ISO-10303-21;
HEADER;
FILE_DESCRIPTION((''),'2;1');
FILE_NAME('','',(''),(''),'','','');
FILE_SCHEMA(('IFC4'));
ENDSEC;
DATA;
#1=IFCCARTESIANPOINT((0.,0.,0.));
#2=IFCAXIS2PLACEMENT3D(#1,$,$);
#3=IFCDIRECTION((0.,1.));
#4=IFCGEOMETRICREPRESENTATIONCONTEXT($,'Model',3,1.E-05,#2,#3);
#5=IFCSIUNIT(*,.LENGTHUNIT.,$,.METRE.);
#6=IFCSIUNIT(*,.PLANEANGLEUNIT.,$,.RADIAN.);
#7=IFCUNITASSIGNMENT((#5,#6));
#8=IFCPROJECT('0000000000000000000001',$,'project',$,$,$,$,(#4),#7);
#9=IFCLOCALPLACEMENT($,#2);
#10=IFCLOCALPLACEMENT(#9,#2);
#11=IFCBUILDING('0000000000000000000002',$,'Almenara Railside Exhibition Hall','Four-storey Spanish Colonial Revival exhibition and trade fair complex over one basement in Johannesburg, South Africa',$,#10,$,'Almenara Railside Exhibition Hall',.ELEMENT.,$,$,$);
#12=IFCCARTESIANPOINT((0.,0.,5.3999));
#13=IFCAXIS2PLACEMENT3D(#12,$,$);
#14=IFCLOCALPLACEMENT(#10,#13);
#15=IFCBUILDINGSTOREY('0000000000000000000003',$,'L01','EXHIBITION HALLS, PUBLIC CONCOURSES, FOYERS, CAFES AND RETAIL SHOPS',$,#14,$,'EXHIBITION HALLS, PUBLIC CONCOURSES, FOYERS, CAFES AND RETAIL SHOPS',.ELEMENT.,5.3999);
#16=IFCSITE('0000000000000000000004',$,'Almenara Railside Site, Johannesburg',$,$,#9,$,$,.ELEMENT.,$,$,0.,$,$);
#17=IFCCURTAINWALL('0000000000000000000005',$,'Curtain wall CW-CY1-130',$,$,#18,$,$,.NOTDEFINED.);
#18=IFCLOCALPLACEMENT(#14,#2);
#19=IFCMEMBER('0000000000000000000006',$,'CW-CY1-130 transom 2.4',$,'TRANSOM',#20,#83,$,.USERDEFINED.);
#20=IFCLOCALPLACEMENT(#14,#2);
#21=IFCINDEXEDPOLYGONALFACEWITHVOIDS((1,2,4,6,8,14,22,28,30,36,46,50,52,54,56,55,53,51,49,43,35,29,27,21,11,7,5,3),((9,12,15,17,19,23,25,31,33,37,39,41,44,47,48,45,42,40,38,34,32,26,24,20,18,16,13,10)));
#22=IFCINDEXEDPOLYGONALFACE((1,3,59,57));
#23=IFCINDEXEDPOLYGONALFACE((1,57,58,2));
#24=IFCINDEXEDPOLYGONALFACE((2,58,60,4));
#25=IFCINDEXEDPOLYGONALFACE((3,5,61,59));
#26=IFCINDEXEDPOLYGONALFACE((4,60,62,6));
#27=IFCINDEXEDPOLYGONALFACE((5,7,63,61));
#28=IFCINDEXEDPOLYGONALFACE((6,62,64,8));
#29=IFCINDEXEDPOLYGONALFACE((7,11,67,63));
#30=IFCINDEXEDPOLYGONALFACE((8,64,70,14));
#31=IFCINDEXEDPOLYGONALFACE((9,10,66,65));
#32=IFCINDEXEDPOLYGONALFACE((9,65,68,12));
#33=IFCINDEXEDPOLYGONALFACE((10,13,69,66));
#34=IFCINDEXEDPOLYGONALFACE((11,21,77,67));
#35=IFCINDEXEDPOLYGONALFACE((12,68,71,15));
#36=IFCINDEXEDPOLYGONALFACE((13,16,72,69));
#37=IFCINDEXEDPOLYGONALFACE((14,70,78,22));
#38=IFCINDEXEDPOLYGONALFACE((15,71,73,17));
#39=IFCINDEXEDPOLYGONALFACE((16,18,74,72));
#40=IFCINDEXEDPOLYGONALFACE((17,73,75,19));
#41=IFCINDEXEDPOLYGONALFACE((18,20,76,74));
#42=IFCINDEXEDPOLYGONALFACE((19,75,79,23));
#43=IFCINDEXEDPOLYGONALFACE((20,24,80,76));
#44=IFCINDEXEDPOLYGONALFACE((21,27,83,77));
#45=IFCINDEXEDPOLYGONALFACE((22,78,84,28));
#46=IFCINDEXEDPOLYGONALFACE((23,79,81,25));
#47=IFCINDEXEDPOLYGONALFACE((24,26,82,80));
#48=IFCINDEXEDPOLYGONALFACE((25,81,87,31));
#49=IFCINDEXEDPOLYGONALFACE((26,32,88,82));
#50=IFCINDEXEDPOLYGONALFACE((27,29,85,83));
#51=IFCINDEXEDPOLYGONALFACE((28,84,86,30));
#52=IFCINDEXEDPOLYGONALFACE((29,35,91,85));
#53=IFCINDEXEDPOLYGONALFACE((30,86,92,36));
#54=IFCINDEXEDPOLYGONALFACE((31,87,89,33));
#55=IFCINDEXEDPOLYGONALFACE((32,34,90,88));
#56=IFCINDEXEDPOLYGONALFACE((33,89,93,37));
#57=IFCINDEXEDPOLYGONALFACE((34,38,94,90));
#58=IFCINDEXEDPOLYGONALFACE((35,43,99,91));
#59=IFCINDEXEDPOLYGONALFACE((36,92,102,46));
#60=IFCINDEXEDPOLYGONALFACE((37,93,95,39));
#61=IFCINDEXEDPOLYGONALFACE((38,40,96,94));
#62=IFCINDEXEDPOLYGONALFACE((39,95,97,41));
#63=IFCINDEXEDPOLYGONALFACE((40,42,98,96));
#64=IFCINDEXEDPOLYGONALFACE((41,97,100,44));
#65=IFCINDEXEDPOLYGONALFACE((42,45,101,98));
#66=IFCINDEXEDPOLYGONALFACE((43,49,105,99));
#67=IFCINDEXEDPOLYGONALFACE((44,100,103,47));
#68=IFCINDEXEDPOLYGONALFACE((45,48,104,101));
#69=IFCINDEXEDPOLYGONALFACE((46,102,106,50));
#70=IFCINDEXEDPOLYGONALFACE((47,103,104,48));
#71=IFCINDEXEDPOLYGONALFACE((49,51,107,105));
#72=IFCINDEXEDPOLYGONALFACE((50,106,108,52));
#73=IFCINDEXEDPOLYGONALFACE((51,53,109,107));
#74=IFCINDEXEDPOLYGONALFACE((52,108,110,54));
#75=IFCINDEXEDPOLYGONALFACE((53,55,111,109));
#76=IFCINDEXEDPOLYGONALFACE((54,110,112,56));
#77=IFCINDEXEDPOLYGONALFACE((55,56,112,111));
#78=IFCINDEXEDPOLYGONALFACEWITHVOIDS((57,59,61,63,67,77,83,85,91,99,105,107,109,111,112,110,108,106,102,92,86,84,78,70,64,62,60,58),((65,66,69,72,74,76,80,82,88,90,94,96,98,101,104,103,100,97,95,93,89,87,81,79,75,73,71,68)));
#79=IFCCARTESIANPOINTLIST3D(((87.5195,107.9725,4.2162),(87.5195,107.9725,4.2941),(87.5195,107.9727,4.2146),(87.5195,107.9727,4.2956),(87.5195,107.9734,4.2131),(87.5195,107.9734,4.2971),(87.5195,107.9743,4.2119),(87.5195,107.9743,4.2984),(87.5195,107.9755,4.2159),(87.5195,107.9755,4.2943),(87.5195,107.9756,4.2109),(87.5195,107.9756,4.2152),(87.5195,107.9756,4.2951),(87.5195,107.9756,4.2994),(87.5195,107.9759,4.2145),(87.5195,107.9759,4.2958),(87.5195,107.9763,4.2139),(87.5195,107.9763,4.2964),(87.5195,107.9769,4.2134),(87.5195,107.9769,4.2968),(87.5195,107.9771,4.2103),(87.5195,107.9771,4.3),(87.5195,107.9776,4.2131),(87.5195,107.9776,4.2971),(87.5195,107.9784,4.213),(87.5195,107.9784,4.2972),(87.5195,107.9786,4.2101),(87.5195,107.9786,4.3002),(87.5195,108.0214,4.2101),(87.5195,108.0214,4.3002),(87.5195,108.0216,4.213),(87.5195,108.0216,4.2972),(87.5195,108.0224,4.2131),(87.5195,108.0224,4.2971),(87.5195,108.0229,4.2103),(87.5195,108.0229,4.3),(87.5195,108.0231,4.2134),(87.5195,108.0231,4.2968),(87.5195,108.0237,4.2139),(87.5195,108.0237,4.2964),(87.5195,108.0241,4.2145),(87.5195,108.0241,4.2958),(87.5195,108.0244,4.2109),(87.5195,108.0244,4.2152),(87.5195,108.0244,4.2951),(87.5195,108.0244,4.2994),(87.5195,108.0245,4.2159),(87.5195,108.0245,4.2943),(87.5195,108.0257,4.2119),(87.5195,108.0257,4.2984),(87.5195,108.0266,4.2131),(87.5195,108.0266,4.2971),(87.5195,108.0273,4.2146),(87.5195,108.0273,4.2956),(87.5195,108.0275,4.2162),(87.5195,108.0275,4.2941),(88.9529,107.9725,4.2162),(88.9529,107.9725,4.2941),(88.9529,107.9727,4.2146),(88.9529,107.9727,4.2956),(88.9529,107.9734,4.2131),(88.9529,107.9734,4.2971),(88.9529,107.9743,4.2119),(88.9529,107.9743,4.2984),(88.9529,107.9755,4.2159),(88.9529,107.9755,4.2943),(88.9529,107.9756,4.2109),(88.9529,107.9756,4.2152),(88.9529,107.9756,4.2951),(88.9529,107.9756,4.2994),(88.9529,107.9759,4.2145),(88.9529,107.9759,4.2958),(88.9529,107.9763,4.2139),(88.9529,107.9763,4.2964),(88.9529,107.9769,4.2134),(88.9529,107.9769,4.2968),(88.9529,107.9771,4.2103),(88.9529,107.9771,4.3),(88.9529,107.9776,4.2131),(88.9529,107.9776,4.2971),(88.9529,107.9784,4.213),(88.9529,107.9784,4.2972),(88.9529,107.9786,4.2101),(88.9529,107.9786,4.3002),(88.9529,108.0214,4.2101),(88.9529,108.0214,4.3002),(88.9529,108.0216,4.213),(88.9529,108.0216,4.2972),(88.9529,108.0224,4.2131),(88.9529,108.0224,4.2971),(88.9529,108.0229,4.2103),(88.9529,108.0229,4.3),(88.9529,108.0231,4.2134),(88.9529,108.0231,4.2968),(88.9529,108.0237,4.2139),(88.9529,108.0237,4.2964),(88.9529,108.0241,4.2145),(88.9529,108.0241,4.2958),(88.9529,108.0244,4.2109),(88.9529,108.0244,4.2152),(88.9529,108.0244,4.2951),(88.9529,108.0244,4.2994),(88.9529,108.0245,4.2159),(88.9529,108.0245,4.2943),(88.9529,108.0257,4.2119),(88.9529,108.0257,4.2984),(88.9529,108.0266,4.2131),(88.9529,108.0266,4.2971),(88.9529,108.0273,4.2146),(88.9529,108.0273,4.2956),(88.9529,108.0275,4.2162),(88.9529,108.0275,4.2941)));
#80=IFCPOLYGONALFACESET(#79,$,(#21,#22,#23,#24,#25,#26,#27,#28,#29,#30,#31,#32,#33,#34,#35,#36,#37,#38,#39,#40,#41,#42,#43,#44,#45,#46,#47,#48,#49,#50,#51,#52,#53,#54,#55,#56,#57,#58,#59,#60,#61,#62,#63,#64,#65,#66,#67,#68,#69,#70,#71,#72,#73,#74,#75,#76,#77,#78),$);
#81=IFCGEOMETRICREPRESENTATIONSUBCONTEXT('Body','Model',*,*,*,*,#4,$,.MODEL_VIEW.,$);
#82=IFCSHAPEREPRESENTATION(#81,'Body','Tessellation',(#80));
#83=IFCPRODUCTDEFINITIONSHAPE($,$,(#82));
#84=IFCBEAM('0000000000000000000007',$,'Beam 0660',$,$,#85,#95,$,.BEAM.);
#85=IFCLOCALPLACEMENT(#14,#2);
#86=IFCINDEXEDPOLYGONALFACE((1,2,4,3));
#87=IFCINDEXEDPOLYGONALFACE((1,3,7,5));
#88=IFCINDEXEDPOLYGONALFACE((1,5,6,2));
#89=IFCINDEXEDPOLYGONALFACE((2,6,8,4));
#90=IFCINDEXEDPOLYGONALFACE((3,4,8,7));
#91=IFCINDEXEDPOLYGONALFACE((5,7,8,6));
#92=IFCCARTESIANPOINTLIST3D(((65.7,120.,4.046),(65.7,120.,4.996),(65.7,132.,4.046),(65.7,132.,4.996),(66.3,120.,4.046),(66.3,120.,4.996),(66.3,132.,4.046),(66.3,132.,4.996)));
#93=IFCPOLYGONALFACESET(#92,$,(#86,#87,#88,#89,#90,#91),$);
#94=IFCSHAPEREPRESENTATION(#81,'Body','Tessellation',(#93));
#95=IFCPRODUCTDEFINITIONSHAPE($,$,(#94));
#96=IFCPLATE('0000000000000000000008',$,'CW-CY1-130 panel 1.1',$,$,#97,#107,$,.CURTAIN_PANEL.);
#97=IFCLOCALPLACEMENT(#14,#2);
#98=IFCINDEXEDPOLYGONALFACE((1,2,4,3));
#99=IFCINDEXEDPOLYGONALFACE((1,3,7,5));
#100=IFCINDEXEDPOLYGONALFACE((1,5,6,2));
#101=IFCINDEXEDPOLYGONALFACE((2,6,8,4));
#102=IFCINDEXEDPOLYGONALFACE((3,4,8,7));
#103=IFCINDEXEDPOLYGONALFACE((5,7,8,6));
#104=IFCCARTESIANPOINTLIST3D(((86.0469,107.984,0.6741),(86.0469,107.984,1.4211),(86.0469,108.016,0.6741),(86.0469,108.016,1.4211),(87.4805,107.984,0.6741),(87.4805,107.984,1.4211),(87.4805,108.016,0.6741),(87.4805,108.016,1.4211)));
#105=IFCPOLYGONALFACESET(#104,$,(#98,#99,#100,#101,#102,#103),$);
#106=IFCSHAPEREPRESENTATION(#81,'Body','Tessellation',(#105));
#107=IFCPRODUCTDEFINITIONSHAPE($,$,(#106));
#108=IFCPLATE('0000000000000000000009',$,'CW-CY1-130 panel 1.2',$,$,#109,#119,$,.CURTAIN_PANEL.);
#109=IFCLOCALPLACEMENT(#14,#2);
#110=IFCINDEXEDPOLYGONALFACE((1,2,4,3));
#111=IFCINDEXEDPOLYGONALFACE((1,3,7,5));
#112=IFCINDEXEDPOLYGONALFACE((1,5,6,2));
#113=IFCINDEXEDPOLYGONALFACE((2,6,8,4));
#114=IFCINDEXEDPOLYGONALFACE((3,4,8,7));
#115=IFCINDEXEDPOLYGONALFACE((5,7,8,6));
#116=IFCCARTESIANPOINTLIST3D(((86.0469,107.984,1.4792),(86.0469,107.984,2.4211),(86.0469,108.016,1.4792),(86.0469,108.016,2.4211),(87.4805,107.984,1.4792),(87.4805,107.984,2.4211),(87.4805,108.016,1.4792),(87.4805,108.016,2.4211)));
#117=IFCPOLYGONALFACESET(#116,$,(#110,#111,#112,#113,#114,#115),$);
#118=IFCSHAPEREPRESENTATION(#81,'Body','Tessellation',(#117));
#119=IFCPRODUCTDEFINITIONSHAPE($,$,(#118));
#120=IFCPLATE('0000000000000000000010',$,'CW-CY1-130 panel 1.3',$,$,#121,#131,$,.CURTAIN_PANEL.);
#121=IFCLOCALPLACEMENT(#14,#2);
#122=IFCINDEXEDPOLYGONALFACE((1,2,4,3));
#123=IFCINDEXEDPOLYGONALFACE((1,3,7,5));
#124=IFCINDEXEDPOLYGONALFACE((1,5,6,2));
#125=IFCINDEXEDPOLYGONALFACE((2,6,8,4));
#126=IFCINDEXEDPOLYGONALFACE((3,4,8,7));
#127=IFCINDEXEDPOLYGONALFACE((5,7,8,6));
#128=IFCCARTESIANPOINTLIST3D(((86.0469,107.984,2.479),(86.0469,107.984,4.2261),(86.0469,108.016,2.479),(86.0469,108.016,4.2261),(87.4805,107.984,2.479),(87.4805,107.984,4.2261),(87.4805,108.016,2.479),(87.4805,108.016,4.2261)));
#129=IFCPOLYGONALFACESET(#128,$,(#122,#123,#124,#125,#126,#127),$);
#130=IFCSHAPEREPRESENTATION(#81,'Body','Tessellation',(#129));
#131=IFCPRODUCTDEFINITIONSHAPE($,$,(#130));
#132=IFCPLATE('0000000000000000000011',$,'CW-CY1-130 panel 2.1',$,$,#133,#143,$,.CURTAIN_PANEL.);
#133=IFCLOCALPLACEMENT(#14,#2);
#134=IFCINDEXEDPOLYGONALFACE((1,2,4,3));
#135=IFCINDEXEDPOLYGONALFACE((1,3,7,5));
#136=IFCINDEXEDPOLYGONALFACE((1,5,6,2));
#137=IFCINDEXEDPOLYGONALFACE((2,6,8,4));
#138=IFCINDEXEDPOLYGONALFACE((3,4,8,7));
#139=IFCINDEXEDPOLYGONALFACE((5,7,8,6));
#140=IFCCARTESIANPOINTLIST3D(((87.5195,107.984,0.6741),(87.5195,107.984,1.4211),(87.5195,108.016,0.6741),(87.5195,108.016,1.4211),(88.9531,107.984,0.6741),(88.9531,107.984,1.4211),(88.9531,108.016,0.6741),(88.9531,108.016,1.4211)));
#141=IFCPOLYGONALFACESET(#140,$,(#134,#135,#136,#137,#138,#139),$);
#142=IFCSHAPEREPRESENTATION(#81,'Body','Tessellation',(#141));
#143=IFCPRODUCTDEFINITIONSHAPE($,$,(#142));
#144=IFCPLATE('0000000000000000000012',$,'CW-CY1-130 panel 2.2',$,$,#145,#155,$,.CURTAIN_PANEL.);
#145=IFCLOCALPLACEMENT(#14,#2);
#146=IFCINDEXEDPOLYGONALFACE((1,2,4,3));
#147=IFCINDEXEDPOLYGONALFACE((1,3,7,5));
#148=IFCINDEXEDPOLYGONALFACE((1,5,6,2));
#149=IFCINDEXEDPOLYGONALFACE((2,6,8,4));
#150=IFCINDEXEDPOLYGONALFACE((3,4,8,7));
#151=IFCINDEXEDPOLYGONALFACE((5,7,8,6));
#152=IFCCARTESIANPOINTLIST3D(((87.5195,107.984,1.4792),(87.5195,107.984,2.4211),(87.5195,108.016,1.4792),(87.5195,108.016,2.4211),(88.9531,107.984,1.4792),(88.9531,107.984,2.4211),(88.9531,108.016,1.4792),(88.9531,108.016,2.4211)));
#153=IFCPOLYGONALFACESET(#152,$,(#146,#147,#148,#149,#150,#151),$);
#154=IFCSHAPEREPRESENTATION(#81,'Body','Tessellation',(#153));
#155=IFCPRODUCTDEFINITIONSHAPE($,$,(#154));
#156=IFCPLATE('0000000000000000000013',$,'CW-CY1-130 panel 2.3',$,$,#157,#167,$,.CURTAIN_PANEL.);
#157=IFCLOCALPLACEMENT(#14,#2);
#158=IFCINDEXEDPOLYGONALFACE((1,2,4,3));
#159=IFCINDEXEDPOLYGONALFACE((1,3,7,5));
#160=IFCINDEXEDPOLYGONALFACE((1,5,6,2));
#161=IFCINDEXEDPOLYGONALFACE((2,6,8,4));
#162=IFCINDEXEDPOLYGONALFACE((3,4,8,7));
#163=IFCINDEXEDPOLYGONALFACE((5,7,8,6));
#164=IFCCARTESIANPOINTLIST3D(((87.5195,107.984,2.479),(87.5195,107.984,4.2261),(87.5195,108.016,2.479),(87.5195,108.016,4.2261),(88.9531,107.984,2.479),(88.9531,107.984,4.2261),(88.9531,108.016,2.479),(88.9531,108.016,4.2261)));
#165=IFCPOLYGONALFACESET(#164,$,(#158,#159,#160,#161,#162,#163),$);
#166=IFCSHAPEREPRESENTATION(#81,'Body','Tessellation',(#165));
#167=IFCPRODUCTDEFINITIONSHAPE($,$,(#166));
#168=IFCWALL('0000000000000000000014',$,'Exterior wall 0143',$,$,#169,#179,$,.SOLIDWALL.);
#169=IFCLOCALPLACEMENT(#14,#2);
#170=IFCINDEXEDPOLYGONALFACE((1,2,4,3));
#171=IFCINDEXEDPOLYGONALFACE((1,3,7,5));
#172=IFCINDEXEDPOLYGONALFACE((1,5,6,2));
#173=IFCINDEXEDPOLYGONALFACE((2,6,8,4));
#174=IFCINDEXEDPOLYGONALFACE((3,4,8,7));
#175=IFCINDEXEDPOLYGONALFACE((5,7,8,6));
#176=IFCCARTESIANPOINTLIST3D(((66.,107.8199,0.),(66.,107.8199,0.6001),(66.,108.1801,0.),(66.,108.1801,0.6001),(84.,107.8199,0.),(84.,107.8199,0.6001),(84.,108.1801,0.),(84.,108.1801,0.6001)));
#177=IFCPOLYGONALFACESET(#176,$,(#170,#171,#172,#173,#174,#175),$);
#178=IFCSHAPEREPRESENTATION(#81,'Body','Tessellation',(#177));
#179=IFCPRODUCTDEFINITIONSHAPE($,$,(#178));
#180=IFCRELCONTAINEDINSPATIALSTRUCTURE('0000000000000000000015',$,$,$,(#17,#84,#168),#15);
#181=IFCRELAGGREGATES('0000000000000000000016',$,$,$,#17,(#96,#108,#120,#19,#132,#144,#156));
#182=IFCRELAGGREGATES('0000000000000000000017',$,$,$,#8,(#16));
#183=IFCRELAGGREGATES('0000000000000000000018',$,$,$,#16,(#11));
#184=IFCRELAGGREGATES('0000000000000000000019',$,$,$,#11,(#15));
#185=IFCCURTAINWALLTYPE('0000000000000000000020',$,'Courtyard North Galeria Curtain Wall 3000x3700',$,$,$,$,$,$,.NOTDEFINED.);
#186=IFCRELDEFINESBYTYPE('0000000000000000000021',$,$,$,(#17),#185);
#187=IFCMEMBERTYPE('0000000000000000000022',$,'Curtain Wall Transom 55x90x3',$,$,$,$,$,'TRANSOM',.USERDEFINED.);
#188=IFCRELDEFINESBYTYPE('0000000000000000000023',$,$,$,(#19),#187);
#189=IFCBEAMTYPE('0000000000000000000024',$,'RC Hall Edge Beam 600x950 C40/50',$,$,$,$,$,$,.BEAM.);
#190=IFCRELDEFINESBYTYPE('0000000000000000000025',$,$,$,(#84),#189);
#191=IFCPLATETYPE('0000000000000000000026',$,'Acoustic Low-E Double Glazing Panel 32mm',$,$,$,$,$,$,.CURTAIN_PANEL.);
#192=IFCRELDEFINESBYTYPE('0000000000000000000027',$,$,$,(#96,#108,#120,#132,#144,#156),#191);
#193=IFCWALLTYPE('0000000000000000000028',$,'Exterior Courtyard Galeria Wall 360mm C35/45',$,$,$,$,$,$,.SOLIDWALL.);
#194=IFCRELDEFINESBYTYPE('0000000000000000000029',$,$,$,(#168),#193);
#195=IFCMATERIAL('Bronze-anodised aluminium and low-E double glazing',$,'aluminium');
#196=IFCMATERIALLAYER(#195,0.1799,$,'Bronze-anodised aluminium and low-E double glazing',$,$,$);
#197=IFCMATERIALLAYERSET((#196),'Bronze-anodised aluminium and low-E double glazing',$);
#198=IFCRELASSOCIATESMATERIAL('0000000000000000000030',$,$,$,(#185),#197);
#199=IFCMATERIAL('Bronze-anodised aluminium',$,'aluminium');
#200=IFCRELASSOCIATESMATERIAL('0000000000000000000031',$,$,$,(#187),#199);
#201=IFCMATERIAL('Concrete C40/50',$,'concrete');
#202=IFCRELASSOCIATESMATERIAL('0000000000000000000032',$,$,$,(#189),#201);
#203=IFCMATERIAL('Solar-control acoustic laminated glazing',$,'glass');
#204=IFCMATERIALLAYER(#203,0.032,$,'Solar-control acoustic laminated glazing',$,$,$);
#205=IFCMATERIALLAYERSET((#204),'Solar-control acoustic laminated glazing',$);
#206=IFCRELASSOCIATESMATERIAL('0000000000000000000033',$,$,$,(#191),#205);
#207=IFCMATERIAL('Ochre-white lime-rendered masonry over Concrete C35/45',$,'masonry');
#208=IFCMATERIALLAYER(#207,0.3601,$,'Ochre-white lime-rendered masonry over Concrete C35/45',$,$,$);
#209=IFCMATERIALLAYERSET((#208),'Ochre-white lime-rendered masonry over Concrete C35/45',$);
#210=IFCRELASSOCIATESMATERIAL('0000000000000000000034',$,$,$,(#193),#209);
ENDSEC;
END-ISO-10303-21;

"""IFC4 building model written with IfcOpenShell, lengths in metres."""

from ifc_helpers import new_model, si_unit, direction, frame, frame_2d, origin, origin_2d, place, context, subcontext, project, spatial, rectangle, hollow_rectangle, extrude, material, layer, layer_set, material_profile, profile_set, type_object, element, aggregate, save


model = new_model("IFC4")

# Units and contexts
model_context = context("Model", 3, precision=1e-05, world=origin(), true_north=direction((0.0, 1.0)))
body_context = subcontext(model_context, "Body", "Model", "MODEL_VIEW")
ifc_project = project(units=[si_unit("LENGTHUNIT", "METRE"), si_unit("PLANEANGLEUNIT", "RADIAN")], contexts=[model_context])

# Site, building, storey
site_placement = place(None, origin())
site = spatial("IfcSite", under=ifc_project, at=site_placement, Name="Almenara Railside Site, Johannesburg", CompositionType="ELEMENT", RefElevation=0.0)
building_placement = place(site_placement, origin())
building = spatial("IfcBuilding", under=site, at=building_placement, Name="Almenara Railside Exhibition Hall", Description="Four-storey Spanish Colonial Revival exhibition and trade fair complex over one basement in Johannesburg, South Africa", LongName="Almenara Railside Exhibition Hall", CompositionType="ELEMENT")
storey_placement = place(building_placement, frame((0.0, 0.0, 5.3999)))
storey = spatial("IfcBuildingStorey", under=building, at=storey_placement, Name="L01", Description="EXHIBITION HALLS, PUBLIC CONCOURSES, FOYERS, CAFES AND RETAIL SHOPS", LongName="EXHIBITION HALLS, PUBLIC CONCOURSES, FOYERS, CAFES AND RETAIL SHOPS", CompositionType="ELEMENT", Elevation=5.3999)

# Shared definitions
ifc_material_1 = material(Name="Concrete C40/50", Category="concrete")

# Curtain wall, member
ifc_material_2 = material(Name="Bronze-anodised aluminium and low-E double glazing", Category="aluminium")
ifc_layer_1 = layer(ifc_material_2, 0.1799, Name="Bronze-anodised aluminium and low-E double glazing")
ifc_layer_set_1 = layer_set([ifc_layer_1], Name="Bronze-anodised aluminium and low-E double glazing")
curtain_wall_type = type_object("IfcCurtainWallType", Name="Courtyard North Galeria Curtain Wall 3000x3700", PredefinedType="NOTDEFINED", material=ifc_layer_set_1)
curtain_wall_placement = place(storey_placement, origin())
curtain_wall = element("IfcCurtainWall", 1, at=curtain_wall_placement, inside=storey, type_object=curtain_wall_type, Name="Curtain wall CW-CY1-130", PredefinedType="NOTDEFINED")
ifc_material_3 = material(Name="Bronze-anodised aluminium", Category="aluminium")
ifc_material_profile_1 = material_profile(ifc_material_3, hollow_rectangle(XDim=0.0549, YDim=0.0901, WallThickness=0.0029, InnerFilletRadius=0.0029, OuterFilletRadius=0.0061, at=origin_2d()), Name="ALU-TRN 55x90x3")
ifc_profile_set_1 = profile_set([ifc_material_profile_1], Name="Bronze-anodised aluminium")
member_type_1 = type_object("IfcMemberType", Name="Curtain Wall Transom 55x90x3", ElementType="TRANSOM", PredefinedType="USERDEFINED", material=ifc_profile_set_1)
member_1_placement = place(storey_placement, frame((87.5195, 108.0, 4.2551), z_axis=(1.0, 0.0, 0.0), x_axis=(0.0, 1.0, 0.0)))
member_1 = element("IfcMember", 2, at=member_1_placement, type_object=member_type_1, Name="CW-CY1-130 transom 2.4", ObjectType="TRANSOM", PredefinedType="USERDEFINED", context=body_context, shape_type="SweptSolid", body=[
    extrude(hollow_rectangle(XDim=0.0549, YDim=0.0901, WallThickness=0.0029, InnerFilletRadius=0.0029, OuterFilletRadius=0.0061, at=origin_2d()), origin(), (0.0, 0.0, 1.0), 1.4333),
])

# Beam
ifc_material_profile_2 = material_profile(ifc_material_1, rectangle(XDim=0.6001, YDim=0.95, at=origin_2d()), Name="RC 600x950")
ifc_profile_set_2 = profile_set([ifc_material_profile_2], Name="Concrete C40/50")
beam_type = type_object("IfcBeamType", Name="RC Hall Edge Beam 600x950 C40/50", PredefinedType="BEAM", material=ifc_profile_set_2)
beam_placement = place(storey_placement, frame((66.0, 120.0, 4.521), z_axis=(0.0, 1.0, 0.0), x_axis=(-1.0, 0.0, 0.0)))
element("IfcBeam", 3, at=beam_placement, inside=storey, type_object=beam_type, Name="Beam 0660", PredefinedType="BEAM", context=body_context, shape_type="SweptSolid", body=[
    extrude(rectangle(XDim=0.6001, YDim=0.95, at=origin_2d()), origin(), (0.0, 0.0, 1.0), 12.0),
])

# Plates
ifc_material_4 = material(Name="Solar-control acoustic laminated glazing", Category="glass")
ifc_layer_2 = layer(ifc_material_4, 0.032, Name="Solar-control acoustic laminated glazing")
ifc_layer_set_2 = layer_set([ifc_layer_2], Name="Solar-control acoustic laminated glazing")
plate_type = type_object("IfcPlateType", Name="Acoustic Low-E Double Glazing Panel 32mm", PredefinedType="CURTAIN_PANEL", material=ifc_layer_set_2)
plate_1_placement = place(storey_placement, frame((86.7637, 108.0, 0.6741), z_axis=(0.0, 0.0, 1.0), x_axis=(1.0, 0.0, 0.0)))
plate_1 = element("IfcPlate", 4, at=plate_1_placement, type_object=plate_type, Name="CW-CY1-130 panel 1.1", PredefinedType="CURTAIN_PANEL", context=body_context, shape_type="SweptSolid", body=[
    extrude(rectangle(XDim=1.4336, YDim=0.032, at=origin_2d()), origin(), (0.0, 0.0, 1.0), 0.7471),
])
plate_2_placement = place(storey_placement, frame((86.7637, 108.0, 1.4792), z_axis=(0.0, 0.0, 1.0), x_axis=(1.0, 0.0, 0.0)))
plate_2 = element("IfcPlate", 5, at=plate_2_placement, type_object=plate_type, Name="CW-CY1-130 panel 1.2", PredefinedType="CURTAIN_PANEL", context=body_context, shape_type="SweptSolid", body=[
    extrude(rectangle(XDim=1.4336, YDim=0.032, at=origin_2d()), origin(), (0.0, 0.0, 1.0), 0.9419),
])
plate_3_placement = place(storey_placement, frame((86.7637, 108.0, 2.479), z_axis=(0.0, 0.0, 1.0), x_axis=(1.0, 0.0, 0.0)))
plate_3 = element("IfcPlate", 6, at=plate_3_placement, type_object=plate_type, Name="CW-CY1-130 panel 1.3", PredefinedType="CURTAIN_PANEL", context=body_context, shape_type="SweptSolid", body=[
    extrude(rectangle(XDim=1.4336, YDim=0.032, at=origin_2d()), origin(), (0.0, 0.0, 1.0), 1.7471),
])
plate_4_placement = place(storey_placement, frame((88.2363, 108.0, 0.6741), z_axis=(0.0, 0.0, 1.0), x_axis=(1.0, 0.0, 0.0)))
plate_4 = element("IfcPlate", 7, at=plate_4_placement, type_object=plate_type, Name="CW-CY1-130 panel 2.1", PredefinedType="CURTAIN_PANEL", context=body_context, shape_type="SweptSolid", body=[
    extrude(rectangle(XDim=1.4336, YDim=0.032, at=origin_2d()), origin(), (0.0, 0.0, 1.0), 0.7471),
])
plate_5_placement = place(storey_placement, frame((88.2363, 108.0, 1.4792), z_axis=(0.0, 0.0, 1.0), x_axis=(1.0, 0.0, 0.0)))
plate_5 = element("IfcPlate", 8, at=plate_5_placement, type_object=plate_type, Name="CW-CY1-130 panel 2.2", PredefinedType="CURTAIN_PANEL", context=body_context, shape_type="SweptSolid", body=[
    extrude(rectangle(XDim=1.4336, YDim=0.032, at=origin_2d()), origin(), (0.0, 0.0, 1.0), 0.9419),
])
plate_6_placement = place(storey_placement, frame((88.2363, 108.0, 2.479), z_axis=(0.0, 0.0, 1.0), x_axis=(1.0, 0.0, 0.0)))
plate_6 = element("IfcPlate", 9, at=plate_6_placement, type_object=plate_type, Name="CW-CY1-130 panel 2.3", PredefinedType="CURTAIN_PANEL", context=body_context, shape_type="SweptSolid", body=[
    extrude(rectangle(XDim=1.4336, YDim=0.032, at=origin_2d()), origin(), (0.0, 0.0, 1.0), 1.7471),
])
aggregate(curtain_wall, [plate_1, plate_2, plate_3, member_1, plate_4, plate_5, plate_6])

# Wall
ifc_material_5 = material(Name="Ochre-white lime-rendered masonry over Concrete C35/45", Category="masonry")
ifc_layer_3 = layer(ifc_material_5, 0.3601, Name="Ochre-white lime-rendered masonry over Concrete C35/45")
ifc_layer_set_3 = layer_set([ifc_layer_3], Name="Ochre-white lime-rendered masonry over Concrete C35/45")
wall_type_1 = type_object("IfcWallType", Name="Exterior Courtyard Galeria Wall 360mm C35/45", PredefinedType="SOLIDWALL", material=ifc_layer_set_3)
wall_1_placement = place(storey_placement, frame((84.0, 108.0, 0.0), z_axis=(0.0, 0.0, 1.0), x_axis=(-1.0, 0.0, 0.0)))
element("IfcWall", 10, at=wall_1_placement, inside=storey, type_object=wall_type_1, Name="Exterior wall 0143", PredefinedType="SOLIDWALL", context=body_context, shape_type="SweptSolid", body=[
    extrude(rectangle(XDim=18.0, YDim=0.3601, at=frame_2d((9.0, 0.0))), origin(), (0.0, 0.0, 1.0), 0.6001),
])

save(model, "model.ifc")
